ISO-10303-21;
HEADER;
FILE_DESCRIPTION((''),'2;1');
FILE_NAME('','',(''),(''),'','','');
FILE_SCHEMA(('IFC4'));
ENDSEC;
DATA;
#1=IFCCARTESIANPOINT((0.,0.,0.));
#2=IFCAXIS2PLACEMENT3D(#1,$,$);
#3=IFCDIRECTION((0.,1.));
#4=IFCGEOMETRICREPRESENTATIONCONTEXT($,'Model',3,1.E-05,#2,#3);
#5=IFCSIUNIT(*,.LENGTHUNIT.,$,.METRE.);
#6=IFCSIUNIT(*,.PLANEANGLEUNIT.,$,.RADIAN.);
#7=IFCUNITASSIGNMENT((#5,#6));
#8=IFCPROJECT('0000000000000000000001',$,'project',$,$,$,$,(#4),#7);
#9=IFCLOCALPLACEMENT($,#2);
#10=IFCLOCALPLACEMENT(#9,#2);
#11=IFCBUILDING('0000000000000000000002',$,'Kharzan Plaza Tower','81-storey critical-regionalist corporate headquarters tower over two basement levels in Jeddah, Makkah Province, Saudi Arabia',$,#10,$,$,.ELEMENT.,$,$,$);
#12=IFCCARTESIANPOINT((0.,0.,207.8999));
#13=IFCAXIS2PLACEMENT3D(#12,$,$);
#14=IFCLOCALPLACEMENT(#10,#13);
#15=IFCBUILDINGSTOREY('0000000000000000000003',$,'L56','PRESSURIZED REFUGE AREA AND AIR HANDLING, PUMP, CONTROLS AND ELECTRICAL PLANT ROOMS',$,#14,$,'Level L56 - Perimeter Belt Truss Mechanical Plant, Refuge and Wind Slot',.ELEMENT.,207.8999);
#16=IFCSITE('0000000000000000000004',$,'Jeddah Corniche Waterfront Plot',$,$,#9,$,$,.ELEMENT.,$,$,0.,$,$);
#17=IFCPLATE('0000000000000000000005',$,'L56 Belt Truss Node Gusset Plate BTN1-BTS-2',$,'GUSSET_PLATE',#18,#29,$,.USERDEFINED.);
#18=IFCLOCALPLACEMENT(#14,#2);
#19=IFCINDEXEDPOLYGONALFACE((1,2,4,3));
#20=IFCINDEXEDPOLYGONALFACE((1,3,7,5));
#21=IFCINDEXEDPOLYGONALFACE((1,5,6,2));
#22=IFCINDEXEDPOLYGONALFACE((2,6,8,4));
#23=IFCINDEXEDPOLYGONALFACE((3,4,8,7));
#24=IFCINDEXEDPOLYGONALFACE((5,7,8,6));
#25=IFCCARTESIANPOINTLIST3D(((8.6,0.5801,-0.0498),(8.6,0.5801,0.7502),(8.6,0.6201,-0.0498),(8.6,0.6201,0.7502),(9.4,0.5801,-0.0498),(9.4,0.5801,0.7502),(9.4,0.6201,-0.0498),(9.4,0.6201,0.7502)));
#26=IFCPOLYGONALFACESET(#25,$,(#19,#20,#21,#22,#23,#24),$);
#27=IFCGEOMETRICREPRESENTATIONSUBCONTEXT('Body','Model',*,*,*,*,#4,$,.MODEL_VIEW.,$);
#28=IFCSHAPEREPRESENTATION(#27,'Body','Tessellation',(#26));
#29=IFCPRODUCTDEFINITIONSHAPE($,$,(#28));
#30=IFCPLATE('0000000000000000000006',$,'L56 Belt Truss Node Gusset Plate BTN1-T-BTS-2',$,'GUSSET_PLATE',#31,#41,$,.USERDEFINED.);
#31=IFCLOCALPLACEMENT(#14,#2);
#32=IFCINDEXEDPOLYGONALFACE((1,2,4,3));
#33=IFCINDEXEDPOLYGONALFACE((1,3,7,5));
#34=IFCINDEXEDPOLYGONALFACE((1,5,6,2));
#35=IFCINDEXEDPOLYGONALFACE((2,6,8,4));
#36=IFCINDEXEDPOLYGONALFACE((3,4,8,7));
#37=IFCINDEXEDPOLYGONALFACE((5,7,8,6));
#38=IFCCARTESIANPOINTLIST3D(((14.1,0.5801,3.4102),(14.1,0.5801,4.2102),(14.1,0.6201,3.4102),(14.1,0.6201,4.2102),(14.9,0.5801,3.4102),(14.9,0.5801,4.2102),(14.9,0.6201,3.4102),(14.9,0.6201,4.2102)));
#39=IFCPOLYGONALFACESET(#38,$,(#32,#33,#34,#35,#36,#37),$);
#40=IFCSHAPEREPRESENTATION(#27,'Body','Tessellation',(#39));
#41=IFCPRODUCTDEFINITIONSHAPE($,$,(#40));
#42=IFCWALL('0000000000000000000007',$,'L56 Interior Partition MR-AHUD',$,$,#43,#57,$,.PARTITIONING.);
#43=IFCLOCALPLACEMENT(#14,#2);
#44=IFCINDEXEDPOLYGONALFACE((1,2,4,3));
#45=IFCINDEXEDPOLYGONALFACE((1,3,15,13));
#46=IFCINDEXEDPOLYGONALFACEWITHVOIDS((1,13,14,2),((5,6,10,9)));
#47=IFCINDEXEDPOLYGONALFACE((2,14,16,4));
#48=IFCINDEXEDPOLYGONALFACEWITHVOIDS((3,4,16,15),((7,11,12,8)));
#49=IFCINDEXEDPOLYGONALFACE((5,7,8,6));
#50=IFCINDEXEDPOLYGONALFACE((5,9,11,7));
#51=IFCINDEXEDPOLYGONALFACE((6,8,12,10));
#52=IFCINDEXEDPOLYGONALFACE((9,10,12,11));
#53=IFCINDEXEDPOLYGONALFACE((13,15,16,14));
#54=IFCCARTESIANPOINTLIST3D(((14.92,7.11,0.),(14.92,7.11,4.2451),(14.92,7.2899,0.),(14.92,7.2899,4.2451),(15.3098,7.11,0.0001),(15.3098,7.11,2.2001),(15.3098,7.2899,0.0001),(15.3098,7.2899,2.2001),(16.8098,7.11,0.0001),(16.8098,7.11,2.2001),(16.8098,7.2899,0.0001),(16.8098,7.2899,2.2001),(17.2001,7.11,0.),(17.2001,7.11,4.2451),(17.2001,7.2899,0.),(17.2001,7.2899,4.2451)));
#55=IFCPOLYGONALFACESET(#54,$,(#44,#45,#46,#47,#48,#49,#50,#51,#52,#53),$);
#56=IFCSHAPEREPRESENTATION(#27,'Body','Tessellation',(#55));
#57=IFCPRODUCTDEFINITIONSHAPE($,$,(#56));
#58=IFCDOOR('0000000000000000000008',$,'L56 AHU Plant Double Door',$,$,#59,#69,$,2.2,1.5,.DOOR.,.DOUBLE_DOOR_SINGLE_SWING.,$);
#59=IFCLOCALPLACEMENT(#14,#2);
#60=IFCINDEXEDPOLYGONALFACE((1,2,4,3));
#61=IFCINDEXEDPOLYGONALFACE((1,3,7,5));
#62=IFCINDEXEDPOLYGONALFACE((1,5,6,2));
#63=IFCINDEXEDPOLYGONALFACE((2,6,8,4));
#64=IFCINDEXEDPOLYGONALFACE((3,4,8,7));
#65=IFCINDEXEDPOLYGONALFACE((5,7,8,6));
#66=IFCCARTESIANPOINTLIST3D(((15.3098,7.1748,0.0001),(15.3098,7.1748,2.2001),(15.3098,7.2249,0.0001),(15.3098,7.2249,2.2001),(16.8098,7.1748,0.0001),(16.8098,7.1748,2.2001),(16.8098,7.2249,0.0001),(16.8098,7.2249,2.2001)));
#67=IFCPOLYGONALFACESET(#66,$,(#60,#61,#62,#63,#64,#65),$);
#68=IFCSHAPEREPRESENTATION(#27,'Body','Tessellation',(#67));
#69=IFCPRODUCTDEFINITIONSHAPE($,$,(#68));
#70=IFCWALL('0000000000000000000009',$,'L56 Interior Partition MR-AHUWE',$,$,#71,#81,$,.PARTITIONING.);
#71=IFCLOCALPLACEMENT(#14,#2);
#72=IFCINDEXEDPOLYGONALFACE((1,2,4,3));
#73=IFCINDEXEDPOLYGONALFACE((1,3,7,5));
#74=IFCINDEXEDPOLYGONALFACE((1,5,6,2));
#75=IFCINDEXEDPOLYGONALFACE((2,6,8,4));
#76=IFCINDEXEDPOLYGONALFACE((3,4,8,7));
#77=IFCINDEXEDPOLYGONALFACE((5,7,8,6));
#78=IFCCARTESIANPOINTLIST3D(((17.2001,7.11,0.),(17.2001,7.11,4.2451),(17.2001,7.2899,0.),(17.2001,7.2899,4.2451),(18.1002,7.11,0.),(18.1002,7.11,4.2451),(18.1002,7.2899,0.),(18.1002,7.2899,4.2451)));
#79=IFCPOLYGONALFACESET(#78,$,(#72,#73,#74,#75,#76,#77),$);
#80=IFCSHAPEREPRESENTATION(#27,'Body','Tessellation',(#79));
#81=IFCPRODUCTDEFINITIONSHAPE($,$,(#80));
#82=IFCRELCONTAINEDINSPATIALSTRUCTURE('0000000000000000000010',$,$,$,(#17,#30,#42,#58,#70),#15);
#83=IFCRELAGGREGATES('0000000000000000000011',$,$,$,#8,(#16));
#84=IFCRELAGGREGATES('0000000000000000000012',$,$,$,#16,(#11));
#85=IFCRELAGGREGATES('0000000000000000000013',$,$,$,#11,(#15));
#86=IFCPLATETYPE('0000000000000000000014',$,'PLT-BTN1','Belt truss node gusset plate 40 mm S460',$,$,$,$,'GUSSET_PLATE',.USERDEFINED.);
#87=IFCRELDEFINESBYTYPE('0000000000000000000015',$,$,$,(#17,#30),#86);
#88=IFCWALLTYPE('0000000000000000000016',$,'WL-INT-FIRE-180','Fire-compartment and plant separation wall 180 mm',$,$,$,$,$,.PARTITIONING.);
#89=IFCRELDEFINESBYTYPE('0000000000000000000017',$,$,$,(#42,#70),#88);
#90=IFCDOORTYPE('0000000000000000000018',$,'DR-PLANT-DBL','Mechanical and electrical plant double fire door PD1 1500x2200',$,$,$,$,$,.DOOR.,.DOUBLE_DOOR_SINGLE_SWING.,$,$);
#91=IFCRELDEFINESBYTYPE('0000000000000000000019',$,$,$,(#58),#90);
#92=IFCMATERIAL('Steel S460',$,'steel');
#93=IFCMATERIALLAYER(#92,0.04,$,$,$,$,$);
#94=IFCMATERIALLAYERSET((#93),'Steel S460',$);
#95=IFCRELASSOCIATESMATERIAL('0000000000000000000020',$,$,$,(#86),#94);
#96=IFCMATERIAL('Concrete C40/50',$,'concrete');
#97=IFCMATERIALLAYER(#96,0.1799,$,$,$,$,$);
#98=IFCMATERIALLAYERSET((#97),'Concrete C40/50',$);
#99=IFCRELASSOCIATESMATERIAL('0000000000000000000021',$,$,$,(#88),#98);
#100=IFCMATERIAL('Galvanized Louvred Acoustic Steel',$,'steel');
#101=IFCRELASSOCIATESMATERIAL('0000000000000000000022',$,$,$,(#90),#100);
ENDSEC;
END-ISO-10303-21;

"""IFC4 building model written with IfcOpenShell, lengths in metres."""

from ifc_helpers import new_model, si_unit, direction, frame, frame_2d, origin, origin_2d, place, context, subcontext, project, spatial, rectangle, extrude, source, transform, mapped, material, layer, layer_set, type_object, element, fill, save


model = new_model("IFC4")

# Units and contexts
model_context = context("Model", 3, precision=1e-05, world=origin(), true_north=direction((0.0, 1.0)))
body_context = subcontext(model_context, "Body", "Model", "MODEL_VIEW")
ifc_project = project(units=[si_unit("LENGTHUNIT", "METRE"), si_unit("PLANEANGLEUNIT", "RADIAN")], contexts=[model_context])

# Site, building, storey
site_placement = place(None, origin())
site = spatial("IfcSite", under=ifc_project, at=site_placement, Name="Jeddah Corniche Waterfront Plot", CompositionType="ELEMENT", RefElevation=0.0)
building_placement = place(site_placement, origin())
building = spatial("IfcBuilding", under=site, at=building_placement, Name="Kharzan Plaza Tower", Description="81-storey critical-regionalist corporate headquarters tower over two basement levels in Jeddah, Makkah Province, Saudi Arabia", CompositionType="ELEMENT")
storey_placement = place(building_placement, frame((0.0, 0.0, 207.8999)))
storey = spatial("IfcBuildingStorey", under=building, at=storey_placement, Name="L56", Description="PRESSURIZED REFUGE AREA AND AIR HANDLING, PUMP, CONTROLS AND ELECTRICAL PLANT ROOMS", LongName="Level L56 - Perimeter Belt Truss Mechanical Plant, Refuge and Wind Slot", CompositionType="ELEMENT", Elevation=207.8999)

# Plates
ifc_material_1 = material(Name="Steel S460", Category="steel")
ifc_layer_1 = layer(ifc_material_1, 0.04)
ifc_layer_set_1 = layer_set([ifc_layer_1], Name="Steel S460")
plate_type = type_object("IfcPlateType", Name="PLT-BTN1", Description="Belt truss node gusset plate 40 mm S460", ElementType="GUSSET_PLATE", PredefinedType="USERDEFINED", material=ifc_layer_set_1)
shared_shape_1 = source(origin(), body_context, "Body", "SweptSolid", [
    extrude(rectangle(XDim=0.8, YDim=0.04, at=origin_2d()), origin(), (0.0, 0.0, 1.0), 0.8),
])
for number, where, z_axis, x_axis, name in (
    (1, (9.0, 0.6001, -0.0498), (0.0, 0.0, 1.0), (1.0, 0.0, 0.0), "L56 Belt Truss Node Gusset Plate BTN1-BTS-2"),
    (2, (14.5, 0.6001, 3.4102), (0.0, 0.0, 1.0), (1.0, 0.0, 0.0), "L56 Belt Truss Node Gusset Plate BTN1-T-BTS-2"),
):
    element("IfcPlate", number, at=place(storey_placement, frame(where, z_axis=z_axis, x_axis=x_axis)), inside=storey, type_object=plate_type, Name=name, ObjectType="GUSSET_PLATE", PredefinedType="USERDEFINED", context=body_context, shape_type="MappedRepresentation", body=[
        mapped(shared_shape_1, transform((0.0, 0.0, 0.0), x_axis=(1.0, 0.0, 0.0), y_axis=(0.0, 1.0, 0.0), z_axis=(0.0, 0.0, 1.0))),
    ])

# Wall, opening, door
ifc_material_2 = material(Name="Concrete C40/50", Category="concrete")
ifc_layer_2 = layer(ifc_material_2, 0.1799)
ifc_layer_set_2 = layer_set([ifc_layer_2], Name="Concrete C40/50")
wall_type = type_object("IfcWallType", Name="WL-INT-FIRE-180", Description="Fire-compartment and plant separation wall 180 mm", PredefinedType="PARTITIONING", material=ifc_layer_set_2)
wall_1_placement = place(storey_placement, frame((14.9199, 7.2, 0.0), z_axis=(0.0, 0.0, 1.0), x_axis=(1.0, 0.0, 0.0)))
wall_1 = element("IfcWall", 3, at=wall_1_placement, inside=storey, type_object=wall_type, Name="L56 Interior Partition MR-AHUD", PredefinedType="PARTITIONING", context=body_context, shape_type="SweptSolid", body=[
    extrude(rectangle(XDim=2.28, YDim=0.1799, at=frame_2d((1.1401, 0.0))), origin(), (0.0, 0.0, 1.0), 4.2451),
])
opening_placement = place(wall_1_placement, frame((0.3899, 0.0, 0.0)))
opening = element("IfcOpeningElement", 4, at=opening_placement, cuts=wall_1, PredefinedType="OPENING", context=body_context, shape_type="SweptSolid", body=[
    extrude(rectangle(XDim=1.5, YDim=2.2, at=frame_2d((0.75, 1.1001))), frame((0.0, 0.0999, 0.0), z_axis=(0.0, -1.0, 0.0), x_axis=(1.0, 0.0, 0.0)), (0.0, 0.0, 1.0), 0.2),
])
ifc_material_3 = material(Name="Galvanized Louvred Acoustic Steel", Category="steel")
door_type = type_object("IfcDoorType", Name="DR-PLANT-DBL", Description="Mechanical and electrical plant double fire door PD1 1500x2200", OperationType="DOUBLE_DOOR_SINGLE_SWING", PredefinedType="DOOR", material=ifc_material_3)
shared_shape_2 = source(origin(), body_context, "Body", "SweptSolid", [
    extrude(rectangle(XDim=1.5, YDim=2.2, at=frame_2d((0.75, 1.1001))), frame((0.0, 0.0249, 0.0), z_axis=(0.0, -1.0, 0.0), x_axis=(1.0, 0.0, 0.0)), (0.0, 0.0, 1.0), 0.05),
])
door_placement = place(opening_placement, origin())
door = element("IfcDoor", 5, at=door_placement, inside=storey, type_object=door_type, Name="L56 AHU Plant Double Door", OperationType="DOUBLE_DOOR_SINGLE_SWING", OverallHeight=2.2, OverallWidth=1.5, PredefinedType="DOOR", context=body_context, shape_type="MappedRepresentation", body=[
    mapped(shared_shape_2, transform((0.0, 0.0, 0.0), x_axis=(1.0, 0.0, 0.0), y_axis=(0.0, 1.0, 0.0), z_axis=(0.0, 0.0, 1.0))),
])
fill(opening, door)

# Wall
shared_shape_3 = source(origin(), body_context, "Body", "SweptSolid", [
    extrude(rectangle(XDim=0.9001, YDim=0.1799, at=frame_2d((0.4502, 0.0))), origin(), (0.0, 0.0, 1.0), 4.2451),
])
wall_2_placement = place(storey_placement, frame((17.2, 7.2, 0.0), z_axis=(0.0, 0.0, 1.0), x_axis=(1.0, 0.0, 0.0)))
element("IfcWall", 6, at=wall_2_placement, inside=storey, type_object=wall_type, Name="L56 Interior Partition MR-AHUWE", PredefinedType="PARTITIONING", context=body_context, shape_type="MappedRepresentation", body=[
    mapped(shared_shape_3, transform((0.0, 0.0, 0.0), x_axis=(1.0, 0.0, 0.0), y_axis=(0.0, 1.0, 0.0), z_axis=(0.0, 0.0, 1.0))),
])

save(model, "model.ifc")
